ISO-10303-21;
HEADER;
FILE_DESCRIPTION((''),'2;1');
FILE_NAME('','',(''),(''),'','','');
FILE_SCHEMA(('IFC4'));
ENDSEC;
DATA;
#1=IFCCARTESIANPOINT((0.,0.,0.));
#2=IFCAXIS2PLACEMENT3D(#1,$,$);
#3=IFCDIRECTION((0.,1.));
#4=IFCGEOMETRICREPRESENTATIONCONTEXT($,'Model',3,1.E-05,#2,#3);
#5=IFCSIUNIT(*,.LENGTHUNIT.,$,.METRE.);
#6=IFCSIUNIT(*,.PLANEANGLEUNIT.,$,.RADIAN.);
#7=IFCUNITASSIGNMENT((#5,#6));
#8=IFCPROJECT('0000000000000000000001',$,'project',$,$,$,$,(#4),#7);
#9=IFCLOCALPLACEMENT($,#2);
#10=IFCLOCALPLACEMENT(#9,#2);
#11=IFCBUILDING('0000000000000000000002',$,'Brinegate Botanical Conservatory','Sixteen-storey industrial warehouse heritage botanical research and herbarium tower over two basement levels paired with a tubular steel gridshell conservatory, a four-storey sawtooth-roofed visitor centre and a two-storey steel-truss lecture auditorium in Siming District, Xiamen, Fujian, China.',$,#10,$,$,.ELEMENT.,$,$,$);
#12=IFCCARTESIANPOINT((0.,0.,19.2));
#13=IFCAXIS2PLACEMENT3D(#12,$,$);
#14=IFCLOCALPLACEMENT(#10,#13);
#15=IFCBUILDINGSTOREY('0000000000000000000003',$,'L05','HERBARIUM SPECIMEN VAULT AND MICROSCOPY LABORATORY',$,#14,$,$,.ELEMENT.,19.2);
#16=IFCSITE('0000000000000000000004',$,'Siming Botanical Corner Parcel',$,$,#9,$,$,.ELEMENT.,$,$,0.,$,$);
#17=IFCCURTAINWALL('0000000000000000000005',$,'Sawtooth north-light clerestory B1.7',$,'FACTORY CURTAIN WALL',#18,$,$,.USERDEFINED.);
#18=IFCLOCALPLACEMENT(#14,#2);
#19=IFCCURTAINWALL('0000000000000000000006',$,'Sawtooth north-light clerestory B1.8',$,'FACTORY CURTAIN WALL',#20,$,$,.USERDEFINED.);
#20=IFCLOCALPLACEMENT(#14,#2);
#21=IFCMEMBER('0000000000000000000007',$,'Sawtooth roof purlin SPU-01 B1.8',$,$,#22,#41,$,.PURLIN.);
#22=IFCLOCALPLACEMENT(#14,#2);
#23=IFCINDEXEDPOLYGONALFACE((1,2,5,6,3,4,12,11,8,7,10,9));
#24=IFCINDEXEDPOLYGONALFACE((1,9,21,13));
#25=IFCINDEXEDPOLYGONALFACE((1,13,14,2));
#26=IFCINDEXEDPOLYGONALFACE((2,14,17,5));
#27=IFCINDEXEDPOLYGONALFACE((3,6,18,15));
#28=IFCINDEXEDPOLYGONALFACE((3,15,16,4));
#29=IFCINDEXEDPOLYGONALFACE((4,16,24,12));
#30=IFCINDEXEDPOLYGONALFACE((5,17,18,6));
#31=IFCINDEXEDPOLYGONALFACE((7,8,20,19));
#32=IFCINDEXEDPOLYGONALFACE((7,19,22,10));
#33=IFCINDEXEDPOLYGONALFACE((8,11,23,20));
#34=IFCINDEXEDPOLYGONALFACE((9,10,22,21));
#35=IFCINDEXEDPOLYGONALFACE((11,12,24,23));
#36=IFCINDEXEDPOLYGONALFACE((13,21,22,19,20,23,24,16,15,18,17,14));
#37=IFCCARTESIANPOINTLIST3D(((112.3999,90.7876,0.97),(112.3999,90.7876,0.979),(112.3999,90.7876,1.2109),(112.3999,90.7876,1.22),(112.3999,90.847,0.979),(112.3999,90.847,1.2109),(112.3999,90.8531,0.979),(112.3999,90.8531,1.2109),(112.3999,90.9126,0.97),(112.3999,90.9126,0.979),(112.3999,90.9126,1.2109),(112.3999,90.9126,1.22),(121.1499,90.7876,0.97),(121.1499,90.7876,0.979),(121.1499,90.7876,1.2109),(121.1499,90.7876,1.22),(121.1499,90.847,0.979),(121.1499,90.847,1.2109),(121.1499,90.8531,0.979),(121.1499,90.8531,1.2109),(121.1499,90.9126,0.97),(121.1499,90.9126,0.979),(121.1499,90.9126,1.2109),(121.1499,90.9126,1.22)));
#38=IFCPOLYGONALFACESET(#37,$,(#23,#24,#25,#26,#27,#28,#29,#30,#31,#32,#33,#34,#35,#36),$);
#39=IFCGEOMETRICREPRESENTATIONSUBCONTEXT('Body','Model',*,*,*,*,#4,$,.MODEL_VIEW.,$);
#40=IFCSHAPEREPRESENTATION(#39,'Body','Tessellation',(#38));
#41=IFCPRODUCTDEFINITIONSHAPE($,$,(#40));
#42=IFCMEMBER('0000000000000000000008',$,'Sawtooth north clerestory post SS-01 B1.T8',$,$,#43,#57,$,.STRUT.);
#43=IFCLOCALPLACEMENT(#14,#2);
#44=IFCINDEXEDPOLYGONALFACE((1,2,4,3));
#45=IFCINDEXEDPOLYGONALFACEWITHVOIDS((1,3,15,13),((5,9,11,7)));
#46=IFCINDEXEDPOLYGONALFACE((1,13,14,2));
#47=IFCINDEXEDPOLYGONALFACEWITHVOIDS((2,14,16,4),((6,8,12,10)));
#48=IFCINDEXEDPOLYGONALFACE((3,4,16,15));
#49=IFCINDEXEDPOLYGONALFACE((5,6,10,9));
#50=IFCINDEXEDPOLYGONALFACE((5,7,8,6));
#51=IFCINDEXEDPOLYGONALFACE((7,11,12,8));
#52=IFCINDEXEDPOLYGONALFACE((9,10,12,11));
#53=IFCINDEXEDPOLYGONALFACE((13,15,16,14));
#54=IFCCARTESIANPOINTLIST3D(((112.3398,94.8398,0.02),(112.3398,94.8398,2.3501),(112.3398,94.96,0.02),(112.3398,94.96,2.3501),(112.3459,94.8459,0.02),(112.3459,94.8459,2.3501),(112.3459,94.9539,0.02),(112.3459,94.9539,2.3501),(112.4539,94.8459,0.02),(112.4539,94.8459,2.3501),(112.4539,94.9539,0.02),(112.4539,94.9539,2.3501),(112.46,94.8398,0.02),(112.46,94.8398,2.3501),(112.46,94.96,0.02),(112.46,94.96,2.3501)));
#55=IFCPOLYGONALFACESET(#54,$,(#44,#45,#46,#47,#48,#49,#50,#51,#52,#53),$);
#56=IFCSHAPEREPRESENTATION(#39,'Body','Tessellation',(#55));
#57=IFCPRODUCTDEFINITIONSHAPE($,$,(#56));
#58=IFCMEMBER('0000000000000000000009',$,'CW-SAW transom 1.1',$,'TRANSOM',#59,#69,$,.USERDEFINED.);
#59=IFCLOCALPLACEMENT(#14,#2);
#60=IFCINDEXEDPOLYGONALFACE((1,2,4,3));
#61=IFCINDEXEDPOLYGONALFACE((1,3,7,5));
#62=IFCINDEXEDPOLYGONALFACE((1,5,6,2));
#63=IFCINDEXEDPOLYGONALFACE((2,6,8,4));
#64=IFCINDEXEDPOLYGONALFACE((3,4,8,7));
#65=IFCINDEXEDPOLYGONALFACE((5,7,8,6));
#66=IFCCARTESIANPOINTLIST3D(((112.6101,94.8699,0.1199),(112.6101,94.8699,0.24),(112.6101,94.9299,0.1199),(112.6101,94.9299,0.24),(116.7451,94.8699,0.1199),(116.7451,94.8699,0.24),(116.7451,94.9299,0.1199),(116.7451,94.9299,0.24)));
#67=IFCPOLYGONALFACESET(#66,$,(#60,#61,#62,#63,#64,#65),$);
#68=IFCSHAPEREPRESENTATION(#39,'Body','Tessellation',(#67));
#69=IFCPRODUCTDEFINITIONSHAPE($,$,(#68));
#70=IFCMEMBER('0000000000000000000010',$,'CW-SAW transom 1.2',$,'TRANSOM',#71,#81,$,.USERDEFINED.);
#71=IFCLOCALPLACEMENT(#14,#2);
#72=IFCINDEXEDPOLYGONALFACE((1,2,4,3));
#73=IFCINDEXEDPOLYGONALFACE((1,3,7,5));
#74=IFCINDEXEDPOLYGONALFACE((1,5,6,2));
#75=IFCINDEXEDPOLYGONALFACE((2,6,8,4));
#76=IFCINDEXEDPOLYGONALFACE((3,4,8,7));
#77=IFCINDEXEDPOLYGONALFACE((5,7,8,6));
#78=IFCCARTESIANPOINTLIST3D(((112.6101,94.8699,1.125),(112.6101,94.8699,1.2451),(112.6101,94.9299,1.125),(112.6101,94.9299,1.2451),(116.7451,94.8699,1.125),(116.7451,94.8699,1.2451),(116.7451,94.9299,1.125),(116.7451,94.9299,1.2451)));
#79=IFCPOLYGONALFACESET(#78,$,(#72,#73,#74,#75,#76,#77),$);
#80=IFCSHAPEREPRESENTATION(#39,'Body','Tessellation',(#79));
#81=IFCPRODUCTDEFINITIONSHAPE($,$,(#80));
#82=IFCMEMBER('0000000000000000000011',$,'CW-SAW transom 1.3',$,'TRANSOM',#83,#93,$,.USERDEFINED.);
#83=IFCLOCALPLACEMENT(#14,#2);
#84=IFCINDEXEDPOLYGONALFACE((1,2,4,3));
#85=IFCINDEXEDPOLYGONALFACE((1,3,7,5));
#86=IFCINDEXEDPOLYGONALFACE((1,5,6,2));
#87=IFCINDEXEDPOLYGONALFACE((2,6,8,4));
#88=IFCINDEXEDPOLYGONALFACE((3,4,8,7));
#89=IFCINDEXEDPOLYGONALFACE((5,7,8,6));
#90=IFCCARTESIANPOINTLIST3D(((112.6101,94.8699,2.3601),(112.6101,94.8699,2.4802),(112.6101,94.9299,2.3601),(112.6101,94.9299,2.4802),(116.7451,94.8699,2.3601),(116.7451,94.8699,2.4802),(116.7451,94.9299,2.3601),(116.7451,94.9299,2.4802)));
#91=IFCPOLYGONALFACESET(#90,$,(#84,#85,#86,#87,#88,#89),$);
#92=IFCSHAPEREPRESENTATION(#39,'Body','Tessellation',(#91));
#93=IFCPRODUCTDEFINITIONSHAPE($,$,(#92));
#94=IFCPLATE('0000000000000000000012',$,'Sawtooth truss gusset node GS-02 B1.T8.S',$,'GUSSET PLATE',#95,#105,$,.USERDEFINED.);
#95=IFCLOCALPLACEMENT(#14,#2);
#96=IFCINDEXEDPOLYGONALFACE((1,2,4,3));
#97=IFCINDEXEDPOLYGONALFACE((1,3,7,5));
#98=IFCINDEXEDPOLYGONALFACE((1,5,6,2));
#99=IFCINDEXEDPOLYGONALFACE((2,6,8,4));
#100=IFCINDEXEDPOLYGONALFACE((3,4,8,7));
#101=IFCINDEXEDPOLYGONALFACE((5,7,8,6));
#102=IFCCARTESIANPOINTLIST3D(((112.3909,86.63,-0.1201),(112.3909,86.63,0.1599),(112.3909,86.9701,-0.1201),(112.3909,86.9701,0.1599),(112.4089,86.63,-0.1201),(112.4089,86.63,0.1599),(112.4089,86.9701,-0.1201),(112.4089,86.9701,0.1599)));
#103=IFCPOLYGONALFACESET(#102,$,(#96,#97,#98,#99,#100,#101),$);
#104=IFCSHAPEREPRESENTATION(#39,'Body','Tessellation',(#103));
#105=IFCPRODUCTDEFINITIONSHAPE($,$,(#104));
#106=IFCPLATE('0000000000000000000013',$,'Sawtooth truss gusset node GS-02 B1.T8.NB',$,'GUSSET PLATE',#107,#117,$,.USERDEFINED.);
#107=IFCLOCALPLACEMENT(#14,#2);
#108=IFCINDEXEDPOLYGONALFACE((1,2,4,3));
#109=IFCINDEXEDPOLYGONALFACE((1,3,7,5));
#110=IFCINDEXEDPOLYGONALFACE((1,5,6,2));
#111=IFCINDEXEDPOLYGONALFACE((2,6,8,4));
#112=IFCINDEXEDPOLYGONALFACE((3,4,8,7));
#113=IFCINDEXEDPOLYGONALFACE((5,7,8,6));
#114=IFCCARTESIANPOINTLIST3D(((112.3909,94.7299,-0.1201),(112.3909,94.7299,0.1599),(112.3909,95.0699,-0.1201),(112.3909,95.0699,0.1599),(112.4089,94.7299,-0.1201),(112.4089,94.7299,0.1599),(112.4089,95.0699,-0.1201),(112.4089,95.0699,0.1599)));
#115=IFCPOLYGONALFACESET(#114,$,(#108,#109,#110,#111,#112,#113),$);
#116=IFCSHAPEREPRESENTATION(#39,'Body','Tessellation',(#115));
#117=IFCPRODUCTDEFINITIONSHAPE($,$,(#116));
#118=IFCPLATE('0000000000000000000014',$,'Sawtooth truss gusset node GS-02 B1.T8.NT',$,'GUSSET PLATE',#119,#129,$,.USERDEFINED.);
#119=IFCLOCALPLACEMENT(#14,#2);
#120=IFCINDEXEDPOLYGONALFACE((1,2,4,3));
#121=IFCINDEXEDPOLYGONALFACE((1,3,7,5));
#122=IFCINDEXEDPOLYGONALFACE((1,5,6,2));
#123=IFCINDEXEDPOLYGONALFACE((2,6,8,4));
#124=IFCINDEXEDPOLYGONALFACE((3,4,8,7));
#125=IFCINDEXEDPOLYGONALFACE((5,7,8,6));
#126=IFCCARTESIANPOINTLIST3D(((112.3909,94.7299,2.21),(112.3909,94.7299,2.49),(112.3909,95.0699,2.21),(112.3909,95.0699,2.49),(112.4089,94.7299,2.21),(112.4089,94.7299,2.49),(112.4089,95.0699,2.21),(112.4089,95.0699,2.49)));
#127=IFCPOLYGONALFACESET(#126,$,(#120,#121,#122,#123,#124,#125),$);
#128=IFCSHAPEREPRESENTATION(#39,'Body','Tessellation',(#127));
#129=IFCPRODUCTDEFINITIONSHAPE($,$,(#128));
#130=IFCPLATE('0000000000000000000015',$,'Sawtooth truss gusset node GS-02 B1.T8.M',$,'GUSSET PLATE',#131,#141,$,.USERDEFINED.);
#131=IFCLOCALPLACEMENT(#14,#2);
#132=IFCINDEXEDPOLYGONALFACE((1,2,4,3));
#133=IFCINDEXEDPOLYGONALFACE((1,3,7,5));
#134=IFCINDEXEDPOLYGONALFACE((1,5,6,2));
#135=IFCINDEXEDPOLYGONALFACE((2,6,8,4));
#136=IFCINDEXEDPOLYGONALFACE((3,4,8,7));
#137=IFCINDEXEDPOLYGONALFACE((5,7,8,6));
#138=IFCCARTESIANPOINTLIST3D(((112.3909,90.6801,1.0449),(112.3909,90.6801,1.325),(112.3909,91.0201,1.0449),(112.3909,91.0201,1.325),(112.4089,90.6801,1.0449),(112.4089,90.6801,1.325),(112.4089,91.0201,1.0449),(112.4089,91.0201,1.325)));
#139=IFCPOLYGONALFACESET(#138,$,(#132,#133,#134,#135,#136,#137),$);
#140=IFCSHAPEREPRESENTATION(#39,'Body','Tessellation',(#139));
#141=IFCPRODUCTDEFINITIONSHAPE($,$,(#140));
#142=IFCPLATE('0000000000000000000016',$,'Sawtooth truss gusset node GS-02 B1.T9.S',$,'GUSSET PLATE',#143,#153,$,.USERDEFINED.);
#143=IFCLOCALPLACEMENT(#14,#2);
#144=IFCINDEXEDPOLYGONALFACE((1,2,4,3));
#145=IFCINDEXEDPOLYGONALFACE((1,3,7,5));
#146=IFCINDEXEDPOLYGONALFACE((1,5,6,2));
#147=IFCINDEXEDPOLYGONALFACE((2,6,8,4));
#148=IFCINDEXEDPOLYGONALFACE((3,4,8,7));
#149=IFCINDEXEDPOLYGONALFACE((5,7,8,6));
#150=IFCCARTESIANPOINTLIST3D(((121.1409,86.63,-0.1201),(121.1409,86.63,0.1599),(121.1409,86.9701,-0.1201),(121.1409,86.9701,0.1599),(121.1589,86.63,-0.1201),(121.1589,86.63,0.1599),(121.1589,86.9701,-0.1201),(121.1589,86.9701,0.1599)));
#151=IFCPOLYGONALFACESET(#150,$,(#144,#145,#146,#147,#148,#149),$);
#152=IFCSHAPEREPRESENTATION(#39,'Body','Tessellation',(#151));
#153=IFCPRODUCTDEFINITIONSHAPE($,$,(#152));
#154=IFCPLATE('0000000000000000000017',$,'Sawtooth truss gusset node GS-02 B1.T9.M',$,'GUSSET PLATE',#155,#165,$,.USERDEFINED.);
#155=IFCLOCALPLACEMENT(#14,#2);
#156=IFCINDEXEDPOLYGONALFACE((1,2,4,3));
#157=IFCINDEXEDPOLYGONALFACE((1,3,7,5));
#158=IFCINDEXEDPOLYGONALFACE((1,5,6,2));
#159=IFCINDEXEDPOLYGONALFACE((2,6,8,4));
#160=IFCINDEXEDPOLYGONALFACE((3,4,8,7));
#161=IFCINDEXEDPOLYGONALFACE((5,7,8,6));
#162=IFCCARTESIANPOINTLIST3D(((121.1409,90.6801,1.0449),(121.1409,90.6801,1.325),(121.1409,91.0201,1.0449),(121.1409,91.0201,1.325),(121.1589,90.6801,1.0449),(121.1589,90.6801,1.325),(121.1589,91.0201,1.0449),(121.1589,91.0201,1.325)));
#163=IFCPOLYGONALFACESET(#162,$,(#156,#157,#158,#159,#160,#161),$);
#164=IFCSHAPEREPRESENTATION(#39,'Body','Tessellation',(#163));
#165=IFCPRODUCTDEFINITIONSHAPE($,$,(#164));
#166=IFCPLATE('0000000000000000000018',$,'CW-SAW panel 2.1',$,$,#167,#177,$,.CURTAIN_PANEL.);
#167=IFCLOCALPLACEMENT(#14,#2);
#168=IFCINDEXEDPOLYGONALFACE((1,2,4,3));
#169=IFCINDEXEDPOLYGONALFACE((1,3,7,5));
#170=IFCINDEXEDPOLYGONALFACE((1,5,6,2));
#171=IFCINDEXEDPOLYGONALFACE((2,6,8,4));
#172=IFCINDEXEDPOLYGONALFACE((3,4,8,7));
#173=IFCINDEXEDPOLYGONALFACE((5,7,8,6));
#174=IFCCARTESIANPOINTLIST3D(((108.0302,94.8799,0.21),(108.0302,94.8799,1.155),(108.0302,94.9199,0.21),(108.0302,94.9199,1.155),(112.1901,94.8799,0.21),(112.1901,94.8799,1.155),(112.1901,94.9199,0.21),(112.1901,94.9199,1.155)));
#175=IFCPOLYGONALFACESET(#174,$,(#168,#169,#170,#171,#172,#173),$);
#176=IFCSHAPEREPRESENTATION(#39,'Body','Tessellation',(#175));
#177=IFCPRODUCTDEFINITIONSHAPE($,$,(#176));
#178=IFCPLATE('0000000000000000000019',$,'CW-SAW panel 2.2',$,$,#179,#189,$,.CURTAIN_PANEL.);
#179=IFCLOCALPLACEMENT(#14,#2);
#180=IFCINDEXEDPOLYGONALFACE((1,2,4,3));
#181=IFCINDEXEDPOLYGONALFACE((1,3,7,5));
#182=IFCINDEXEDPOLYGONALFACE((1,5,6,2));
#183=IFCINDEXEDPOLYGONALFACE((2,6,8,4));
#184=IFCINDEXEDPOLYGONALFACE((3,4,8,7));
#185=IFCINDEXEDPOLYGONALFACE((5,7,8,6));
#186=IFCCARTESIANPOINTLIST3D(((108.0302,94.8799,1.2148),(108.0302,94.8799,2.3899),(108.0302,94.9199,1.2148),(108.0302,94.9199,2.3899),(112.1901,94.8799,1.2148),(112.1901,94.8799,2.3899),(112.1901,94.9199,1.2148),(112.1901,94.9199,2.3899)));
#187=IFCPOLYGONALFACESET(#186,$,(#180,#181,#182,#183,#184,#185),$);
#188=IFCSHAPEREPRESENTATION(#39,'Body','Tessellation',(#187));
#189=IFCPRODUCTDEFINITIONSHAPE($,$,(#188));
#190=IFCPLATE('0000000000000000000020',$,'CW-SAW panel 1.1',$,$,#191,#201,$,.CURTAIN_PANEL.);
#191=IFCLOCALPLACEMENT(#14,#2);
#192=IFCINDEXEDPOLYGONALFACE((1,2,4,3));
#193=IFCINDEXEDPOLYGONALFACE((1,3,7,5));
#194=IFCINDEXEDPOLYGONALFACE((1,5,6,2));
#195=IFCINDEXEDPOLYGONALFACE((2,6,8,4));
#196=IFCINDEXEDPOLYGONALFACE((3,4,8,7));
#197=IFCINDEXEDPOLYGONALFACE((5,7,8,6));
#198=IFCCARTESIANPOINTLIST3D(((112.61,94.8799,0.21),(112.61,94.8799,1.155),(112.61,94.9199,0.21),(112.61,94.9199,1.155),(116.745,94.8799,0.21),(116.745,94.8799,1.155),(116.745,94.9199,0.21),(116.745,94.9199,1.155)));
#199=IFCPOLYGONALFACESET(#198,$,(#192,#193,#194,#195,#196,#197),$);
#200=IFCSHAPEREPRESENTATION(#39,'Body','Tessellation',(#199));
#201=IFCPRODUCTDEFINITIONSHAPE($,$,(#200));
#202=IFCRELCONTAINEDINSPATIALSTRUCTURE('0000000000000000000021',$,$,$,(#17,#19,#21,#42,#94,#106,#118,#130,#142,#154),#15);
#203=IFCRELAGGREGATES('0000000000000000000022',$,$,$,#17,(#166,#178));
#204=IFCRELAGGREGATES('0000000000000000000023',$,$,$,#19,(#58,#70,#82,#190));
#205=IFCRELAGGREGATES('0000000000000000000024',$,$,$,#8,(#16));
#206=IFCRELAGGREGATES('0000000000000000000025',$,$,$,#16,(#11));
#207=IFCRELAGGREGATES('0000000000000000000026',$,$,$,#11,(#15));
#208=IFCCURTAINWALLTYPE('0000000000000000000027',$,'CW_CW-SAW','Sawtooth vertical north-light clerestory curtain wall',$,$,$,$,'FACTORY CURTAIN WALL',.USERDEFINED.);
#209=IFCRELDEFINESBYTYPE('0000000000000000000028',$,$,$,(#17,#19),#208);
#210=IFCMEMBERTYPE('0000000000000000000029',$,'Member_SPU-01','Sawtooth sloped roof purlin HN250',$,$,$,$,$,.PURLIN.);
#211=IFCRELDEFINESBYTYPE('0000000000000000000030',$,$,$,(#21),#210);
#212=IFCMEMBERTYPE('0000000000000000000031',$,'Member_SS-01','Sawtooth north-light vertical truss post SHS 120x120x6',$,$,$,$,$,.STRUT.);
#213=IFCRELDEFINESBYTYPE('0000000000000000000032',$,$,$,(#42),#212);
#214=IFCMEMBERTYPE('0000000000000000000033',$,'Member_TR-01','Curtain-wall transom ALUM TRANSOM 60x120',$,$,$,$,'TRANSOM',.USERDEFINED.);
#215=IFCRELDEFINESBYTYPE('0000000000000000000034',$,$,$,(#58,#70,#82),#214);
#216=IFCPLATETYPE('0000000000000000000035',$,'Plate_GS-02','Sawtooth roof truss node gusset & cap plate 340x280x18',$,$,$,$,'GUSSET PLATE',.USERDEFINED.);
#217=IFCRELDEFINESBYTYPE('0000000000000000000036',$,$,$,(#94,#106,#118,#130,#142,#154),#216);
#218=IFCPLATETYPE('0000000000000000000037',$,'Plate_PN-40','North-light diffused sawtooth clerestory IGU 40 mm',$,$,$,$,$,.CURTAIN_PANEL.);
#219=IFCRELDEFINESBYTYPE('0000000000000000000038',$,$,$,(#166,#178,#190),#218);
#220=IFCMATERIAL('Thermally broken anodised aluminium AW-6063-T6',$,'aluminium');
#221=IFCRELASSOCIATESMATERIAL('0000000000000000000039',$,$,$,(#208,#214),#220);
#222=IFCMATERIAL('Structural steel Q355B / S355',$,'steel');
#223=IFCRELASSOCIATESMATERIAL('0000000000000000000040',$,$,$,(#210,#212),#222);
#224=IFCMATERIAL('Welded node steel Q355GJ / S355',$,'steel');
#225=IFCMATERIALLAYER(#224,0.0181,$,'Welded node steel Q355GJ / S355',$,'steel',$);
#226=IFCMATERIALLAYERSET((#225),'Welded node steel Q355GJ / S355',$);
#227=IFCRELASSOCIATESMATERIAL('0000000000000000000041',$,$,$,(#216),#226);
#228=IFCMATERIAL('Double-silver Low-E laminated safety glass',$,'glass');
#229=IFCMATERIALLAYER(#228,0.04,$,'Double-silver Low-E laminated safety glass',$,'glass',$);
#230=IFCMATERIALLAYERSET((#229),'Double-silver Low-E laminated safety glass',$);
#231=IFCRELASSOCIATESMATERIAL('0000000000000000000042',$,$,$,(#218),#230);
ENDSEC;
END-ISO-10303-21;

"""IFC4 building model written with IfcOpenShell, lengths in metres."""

from ifc_helpers import new_model, si_unit, direction, frame, origin, origin_2d, place, context, subcontext, project, spatial, rectangle, hollow_rectangle, i_section, extrude, material, layer, layer_set, material_profile, profile_set, type_object, element, aggregate, save


model = new_model("IFC4")

# Units and contexts
model_context = context("Model", 3, precision=1e-05, world=origin(), true_north=direction((0.0, 1.0)))
body_context = subcontext(model_context, "Body", "Model", "MODEL_VIEW")
ifc_project = project(units=[si_unit("LENGTHUNIT", "METRE"), si_unit("PLANEANGLEUNIT", "RADIAN")], contexts=[model_context])

# Site, building, storey
site_placement = place(None, origin())
site = spatial("IfcSite", under=ifc_project, at=site_placement, Name="Siming Botanical Corner Parcel", CompositionType="ELEMENT", RefElevation=0.0)
building_placement = place(site_placement, origin())
building = spatial("IfcBuilding", under=site, at=building_placement, Name="Brinegate Botanical Conservatory", Description="Sixteen-storey industrial warehouse heritage botanical research and herbarium tower over two basement levels paired with a tubular steel gridshell conservatory, a four-storey sawtooth-roofed visitor centre and a two-storey steel-truss lecture auditorium in Siming District, Xiamen, Fujian, China.", CompositionType="ELEMENT")
storey_placement = place(building_placement, frame((0.0, 0.0, 19.2)))
storey = spatial("IfcBuildingStorey", under=building, at=storey_placement, Name="L05", Description="HERBARIUM SPECIMEN VAULT AND MICROSCOPY LABORATORY", CompositionType="ELEMENT", Elevation=19.2)

# Shared definitions
ifc_material_1 = material(Name="Structural steel Q355B / S355", Category="steel")

# Curtain wall
ifc_material_2 = material(Name="Thermally broken anodised aluminium AW-6063-T6", Category="aluminium")
curtain_wall_type = type_object("IfcCurtainWallType", Name="CW_CW-SAW", Description="Sawtooth vertical north-light clerestory curtain wall", ElementType="FACTORY CURTAIN WALL", PredefinedType="USERDEFINED", material=ifc_material_2)
curtain_wall_1_placement = place(storey_placement, origin())
curtain_wall_1 = element("IfcCurtainWall", 1, at=curtain_wall_1_placement, inside=storey, type_object=curtain_wall_type, Name="Sawtooth north-light clerestory B1.7", ObjectType="FACTORY CURTAIN WALL", PredefinedType="USERDEFINED")

# Curtain wall
curtain_wall_2_placement = place(storey_placement, origin())
curtain_wall_2 = element("IfcCurtainWall", 2, at=curtain_wall_2_placement, inside=storey, type_object=curtain_wall_type, Name="Sawtooth north-light clerestory B1.8", ObjectType="FACTORY CURTAIN WALL", PredefinedType="USERDEFINED")

# Members
ifc_material_profile_1 = material_profile(ifc_material_1, i_section(OverallWidth=0.125, OverallDepth=0.25, WebThickness=0.0061, FlangeThickness=0.009, at=origin_2d()), Name="HN 250x125x6x9")
ifc_profile_set_1 = profile_set([ifc_material_profile_1], Name="Structural steel Q355B / S355")
member_type_1 = type_object("IfcMemberType", Name="Member_SPU-01", Description="Sawtooth sloped roof purlin HN250", PredefinedType="PURLIN", material=ifc_profile_set_1)
member_1_placement = place(storey_placement, frame((112.3999, 90.8501, 1.095), z_axis=(1.0, 0.0, 0.0), x_axis=(0.0, 1.0, 0.0)))
element("IfcMember", 3, at=member_1_placement, inside=storey, type_object=member_type_1, Name="Sawtooth roof purlin SPU-01 B1.8", PredefinedType="PURLIN", context=body_context, shape_type="SweptSolid", body=[
    extrude(i_section(OverallWidth=0.125, OverallDepth=0.25, WebThickness=0.0061, FlangeThickness=0.009, at=origin_2d()), origin(), (0.0, 0.0, 1.0), 8.75),
])
ifc_material_profile_2 = material_profile(ifc_material_1, hollow_rectangle(XDim=0.1201, YDim=0.1201, WallThickness=0.0061, at=origin_2d()), Name="SHS 120x120x6")
ifc_profile_set_2 = profile_set([ifc_material_profile_2], Name="Structural steel Q355B / S355")
member_type_2 = type_object("IfcMemberType", Name="Member_SS-01", Description="Sawtooth north-light vertical truss post SHS 120x120x6", PredefinedType="STRUT", material=ifc_profile_set_2)
member_2_placement = place(storey_placement, frame((112.3999, 94.8999, 0.02), z_axis=(0.0, 0.0, 1.0), x_axis=(1.0, 0.0, 0.0)))
element("IfcMember", 4, at=member_2_placement, inside=storey, type_object=member_type_2, Name="Sawtooth north clerestory post SS-01 B1.T8", PredefinedType="STRUT", context=body_context, shape_type="SweptSolid", body=[
    extrude(hollow_rectangle(XDim=0.1201, YDim=0.1201, WallThickness=0.0061, at=origin_2d()), origin(), (0.0, 0.0, 1.0), 2.3301),
])

# Members
ifc_material_profile_3 = material_profile(ifc_material_2, rectangle(XDim=0.0601, YDim=0.1201, at=origin_2d()), Name="ALUM TRANSOM 60x120")
ifc_profile_set_3 = profile_set([ifc_material_profile_3], Name="Thermally broken anodised aluminium AW-6063-T6")
member_type_3 = type_object("IfcMemberType", Name="Member_TR-01", Description="Curtain-wall transom ALUM TRANSOM 60x120", ElementType="TRANSOM", PredefinedType="USERDEFINED", material=ifc_profile_set_3)
member_3_placement = place(storey_placement, frame((112.6101, 94.8999, 0.1799), z_axis=(1.0, 0.0, 0.0), x_axis=(0.0, 1.0, 0.0)))
member_3 = element("IfcMember", 5, at=member_3_placement, type_object=member_type_3, Name="CW-SAW transom 1.1", ObjectType="TRANSOM", PredefinedType="USERDEFINED", context=body_context, shape_type="SweptSolid", body=[
    extrude(rectangle(XDim=0.0601, YDim=0.1201, at=origin_2d()), origin(), (0.0, 0.0, 1.0), 4.135),
])
member_4_placement = place(storey_placement, frame((112.6101, 94.8999, 1.1851), z_axis=(1.0, 0.0, 0.0), x_axis=(0.0, 1.0, 0.0)))
member_4 = element("IfcMember", 6, at=member_4_placement, type_object=member_type_3, Name="CW-SAW transom 1.2", ObjectType="TRANSOM", PredefinedType="USERDEFINED", context=body_context, shape_type="SweptSolid", body=[
    extrude(rectangle(XDim=0.0601, YDim=0.1201, at=origin_2d()), origin(), (0.0, 0.0, 1.0), 4.135),
])
member_5_placement = place(storey_placement, frame((112.6101, 94.8999, 2.4202), z_axis=(1.0, 0.0, 0.0), x_axis=(0.0, 1.0, 0.0)))
member_5 = element("IfcMember", 7, at=member_5_placement, type_object=member_type_3, Name="CW-SAW transom 1.3", ObjectType="TRANSOM", PredefinedType="USERDEFINED", context=body_context, shape_type="SweptSolid", body=[
    extrude(rectangle(XDim=0.0601, YDim=0.1201, at=origin_2d()), origin(), (0.0, 0.0, 1.0), 4.135),
])

# Plates
ifc_material_3 = material(Name="Welded node steel Q355GJ / S355", Category="steel")
ifc_layer_1 = layer(ifc_material_3, 0.0181, Name="Welded node steel Q355GJ / S355", Category="steel")
ifc_layer_set_1 = layer_set([ifc_layer_1], Name="Welded node steel Q355GJ / S355")
plate_type_1 = type_object("IfcPlateType", Name="Plate_GS-02", Description="Sawtooth roof truss node gusset & cap plate 340x280x18", ElementType="GUSSET PLATE", PredefinedType="USERDEFINED", material=ifc_layer_set_1)
for number, where, z_axis, x_axis, name in (
    (8, (112.3999, 86.8, -0.1201), (0.0, 0.0, 1.0), (1.0, 0.0, 0.0), "Sawtooth truss gusset node GS-02 B1.T8.S"),
    (9, (112.3999, 94.8999, -0.1201), (0.0, 0.0, 1.0), (1.0, 0.0, 0.0), "Sawtooth truss gusset node GS-02 B1.T8.NB"),
    (10, (112.3999, 94.8999, 2.21), (0.0, 0.0, 1.0), (1.0, 0.0, 0.0), "Sawtooth truss gusset node GS-02 B1.T8.NT"),
    (11, (112.3999, 90.8501, 1.0449), (0.0, 0.0, 1.0), (1.0, 0.0, 0.0), "Sawtooth truss gusset node GS-02 B1.T8.M"),
    (12, (121.1499, 86.8, -0.1201), (0.0, 0.0, 1.0), (1.0, 0.0, 0.0), "Sawtooth truss gusset node GS-02 B1.T9.S"),
    (13, (121.1499, 90.8501, 1.0449), (0.0, 0.0, 1.0), (1.0, 0.0, 0.0), "Sawtooth truss gusset node GS-02 B1.T9.M"),
):
    element("IfcPlate", number, at=place(storey_placement, frame(where, z_axis=z_axis, x_axis=x_axis)), inside=storey, type_object=plate_type_1, Name=name, ObjectType="GUSSET PLATE", PredefinedType="USERDEFINED", context=body_context, shape_type="SweptSolid", body=[
        extrude(rectangle(XDim=0.0181, YDim=0.3401, at=origin_2d()), origin(), (0.0, 0.0, 1.0), 0.28),
    ])

# Plates
ifc_material_4 = material(Name="Double-silver Low-E laminated safety glass", Category="glass")
ifc_layer_2 = layer(ifc_material_4, 0.04, Name="Double-silver Low-E laminated safety glass", Category="glass")
ifc_layer_set_2 = layer_set([ifc_layer_2], Name="Double-silver Low-E laminated safety glass")
plate_type_2 = type_object("IfcPlateType", Name="Plate_PN-40", Description="North-light diffused sawtooth clerestory IGU 40 mm", PredefinedType="CURTAIN_PANEL", material=ifc_layer_set_2)
plate_1_placement = place(storey_placement, frame((110.1101, 94.8999, 0.21), z_axis=(0.0, 0.0, 1.0), x_axis=(1.0, 0.0, 0.0)))
plate_1 = element("IfcPlate", 14, at=plate_1_placement, type_object=plate_type_2, Name="CW-SAW panel 2.1", PredefinedType="CURTAIN_PANEL", context=body_context, shape_type="SweptSolid", body=[
    extrude(rectangle(XDim=4.1599, YDim=0.04, at=origin_2d()), origin(), (0.0, 0.0, 1.0), 0.9451),
])
plate_2_placement = place(storey_placement, frame((110.1101, 94.8999, 1.2148), z_axis=(0.0, 0.0, 1.0), x_axis=(1.0, 0.0, 0.0)))
plate_2 = element("IfcPlate", 15, at=plate_2_placement, type_object=plate_type_2, Name="CW-SAW panel 2.2", PredefinedType="CURTAIN_PANEL", context=body_context, shape_type="SweptSolid", body=[
    extrude(rectangle(XDim=4.1599, YDim=0.04, at=origin_2d()), origin(), (0.0, 0.0, 1.0), 1.175),
])
aggregate(curtain_wall_1, [plate_1, plate_2])
plate_3_placement = place(storey_placement, frame((114.6775, 94.8999, 0.21), z_axis=(0.0, 0.0, 1.0), x_axis=(1.0, 0.0, 0.0)))
plate_3 = element("IfcPlate", 16, at=plate_3_placement, type_object=plate_type_2, Name="CW-SAW panel 1.1", PredefinedType="CURTAIN_PANEL", context=body_context, shape_type="SweptSolid", body=[
    extrude(rectangle(XDim=4.135, YDim=0.04, at=origin_2d()), origin(), (0.0, 0.0, 1.0), 0.9451),
])
aggregate(curtain_wall_2, [member_3, member_4, member_5, plate_3])

save(model, "model.ifc")
